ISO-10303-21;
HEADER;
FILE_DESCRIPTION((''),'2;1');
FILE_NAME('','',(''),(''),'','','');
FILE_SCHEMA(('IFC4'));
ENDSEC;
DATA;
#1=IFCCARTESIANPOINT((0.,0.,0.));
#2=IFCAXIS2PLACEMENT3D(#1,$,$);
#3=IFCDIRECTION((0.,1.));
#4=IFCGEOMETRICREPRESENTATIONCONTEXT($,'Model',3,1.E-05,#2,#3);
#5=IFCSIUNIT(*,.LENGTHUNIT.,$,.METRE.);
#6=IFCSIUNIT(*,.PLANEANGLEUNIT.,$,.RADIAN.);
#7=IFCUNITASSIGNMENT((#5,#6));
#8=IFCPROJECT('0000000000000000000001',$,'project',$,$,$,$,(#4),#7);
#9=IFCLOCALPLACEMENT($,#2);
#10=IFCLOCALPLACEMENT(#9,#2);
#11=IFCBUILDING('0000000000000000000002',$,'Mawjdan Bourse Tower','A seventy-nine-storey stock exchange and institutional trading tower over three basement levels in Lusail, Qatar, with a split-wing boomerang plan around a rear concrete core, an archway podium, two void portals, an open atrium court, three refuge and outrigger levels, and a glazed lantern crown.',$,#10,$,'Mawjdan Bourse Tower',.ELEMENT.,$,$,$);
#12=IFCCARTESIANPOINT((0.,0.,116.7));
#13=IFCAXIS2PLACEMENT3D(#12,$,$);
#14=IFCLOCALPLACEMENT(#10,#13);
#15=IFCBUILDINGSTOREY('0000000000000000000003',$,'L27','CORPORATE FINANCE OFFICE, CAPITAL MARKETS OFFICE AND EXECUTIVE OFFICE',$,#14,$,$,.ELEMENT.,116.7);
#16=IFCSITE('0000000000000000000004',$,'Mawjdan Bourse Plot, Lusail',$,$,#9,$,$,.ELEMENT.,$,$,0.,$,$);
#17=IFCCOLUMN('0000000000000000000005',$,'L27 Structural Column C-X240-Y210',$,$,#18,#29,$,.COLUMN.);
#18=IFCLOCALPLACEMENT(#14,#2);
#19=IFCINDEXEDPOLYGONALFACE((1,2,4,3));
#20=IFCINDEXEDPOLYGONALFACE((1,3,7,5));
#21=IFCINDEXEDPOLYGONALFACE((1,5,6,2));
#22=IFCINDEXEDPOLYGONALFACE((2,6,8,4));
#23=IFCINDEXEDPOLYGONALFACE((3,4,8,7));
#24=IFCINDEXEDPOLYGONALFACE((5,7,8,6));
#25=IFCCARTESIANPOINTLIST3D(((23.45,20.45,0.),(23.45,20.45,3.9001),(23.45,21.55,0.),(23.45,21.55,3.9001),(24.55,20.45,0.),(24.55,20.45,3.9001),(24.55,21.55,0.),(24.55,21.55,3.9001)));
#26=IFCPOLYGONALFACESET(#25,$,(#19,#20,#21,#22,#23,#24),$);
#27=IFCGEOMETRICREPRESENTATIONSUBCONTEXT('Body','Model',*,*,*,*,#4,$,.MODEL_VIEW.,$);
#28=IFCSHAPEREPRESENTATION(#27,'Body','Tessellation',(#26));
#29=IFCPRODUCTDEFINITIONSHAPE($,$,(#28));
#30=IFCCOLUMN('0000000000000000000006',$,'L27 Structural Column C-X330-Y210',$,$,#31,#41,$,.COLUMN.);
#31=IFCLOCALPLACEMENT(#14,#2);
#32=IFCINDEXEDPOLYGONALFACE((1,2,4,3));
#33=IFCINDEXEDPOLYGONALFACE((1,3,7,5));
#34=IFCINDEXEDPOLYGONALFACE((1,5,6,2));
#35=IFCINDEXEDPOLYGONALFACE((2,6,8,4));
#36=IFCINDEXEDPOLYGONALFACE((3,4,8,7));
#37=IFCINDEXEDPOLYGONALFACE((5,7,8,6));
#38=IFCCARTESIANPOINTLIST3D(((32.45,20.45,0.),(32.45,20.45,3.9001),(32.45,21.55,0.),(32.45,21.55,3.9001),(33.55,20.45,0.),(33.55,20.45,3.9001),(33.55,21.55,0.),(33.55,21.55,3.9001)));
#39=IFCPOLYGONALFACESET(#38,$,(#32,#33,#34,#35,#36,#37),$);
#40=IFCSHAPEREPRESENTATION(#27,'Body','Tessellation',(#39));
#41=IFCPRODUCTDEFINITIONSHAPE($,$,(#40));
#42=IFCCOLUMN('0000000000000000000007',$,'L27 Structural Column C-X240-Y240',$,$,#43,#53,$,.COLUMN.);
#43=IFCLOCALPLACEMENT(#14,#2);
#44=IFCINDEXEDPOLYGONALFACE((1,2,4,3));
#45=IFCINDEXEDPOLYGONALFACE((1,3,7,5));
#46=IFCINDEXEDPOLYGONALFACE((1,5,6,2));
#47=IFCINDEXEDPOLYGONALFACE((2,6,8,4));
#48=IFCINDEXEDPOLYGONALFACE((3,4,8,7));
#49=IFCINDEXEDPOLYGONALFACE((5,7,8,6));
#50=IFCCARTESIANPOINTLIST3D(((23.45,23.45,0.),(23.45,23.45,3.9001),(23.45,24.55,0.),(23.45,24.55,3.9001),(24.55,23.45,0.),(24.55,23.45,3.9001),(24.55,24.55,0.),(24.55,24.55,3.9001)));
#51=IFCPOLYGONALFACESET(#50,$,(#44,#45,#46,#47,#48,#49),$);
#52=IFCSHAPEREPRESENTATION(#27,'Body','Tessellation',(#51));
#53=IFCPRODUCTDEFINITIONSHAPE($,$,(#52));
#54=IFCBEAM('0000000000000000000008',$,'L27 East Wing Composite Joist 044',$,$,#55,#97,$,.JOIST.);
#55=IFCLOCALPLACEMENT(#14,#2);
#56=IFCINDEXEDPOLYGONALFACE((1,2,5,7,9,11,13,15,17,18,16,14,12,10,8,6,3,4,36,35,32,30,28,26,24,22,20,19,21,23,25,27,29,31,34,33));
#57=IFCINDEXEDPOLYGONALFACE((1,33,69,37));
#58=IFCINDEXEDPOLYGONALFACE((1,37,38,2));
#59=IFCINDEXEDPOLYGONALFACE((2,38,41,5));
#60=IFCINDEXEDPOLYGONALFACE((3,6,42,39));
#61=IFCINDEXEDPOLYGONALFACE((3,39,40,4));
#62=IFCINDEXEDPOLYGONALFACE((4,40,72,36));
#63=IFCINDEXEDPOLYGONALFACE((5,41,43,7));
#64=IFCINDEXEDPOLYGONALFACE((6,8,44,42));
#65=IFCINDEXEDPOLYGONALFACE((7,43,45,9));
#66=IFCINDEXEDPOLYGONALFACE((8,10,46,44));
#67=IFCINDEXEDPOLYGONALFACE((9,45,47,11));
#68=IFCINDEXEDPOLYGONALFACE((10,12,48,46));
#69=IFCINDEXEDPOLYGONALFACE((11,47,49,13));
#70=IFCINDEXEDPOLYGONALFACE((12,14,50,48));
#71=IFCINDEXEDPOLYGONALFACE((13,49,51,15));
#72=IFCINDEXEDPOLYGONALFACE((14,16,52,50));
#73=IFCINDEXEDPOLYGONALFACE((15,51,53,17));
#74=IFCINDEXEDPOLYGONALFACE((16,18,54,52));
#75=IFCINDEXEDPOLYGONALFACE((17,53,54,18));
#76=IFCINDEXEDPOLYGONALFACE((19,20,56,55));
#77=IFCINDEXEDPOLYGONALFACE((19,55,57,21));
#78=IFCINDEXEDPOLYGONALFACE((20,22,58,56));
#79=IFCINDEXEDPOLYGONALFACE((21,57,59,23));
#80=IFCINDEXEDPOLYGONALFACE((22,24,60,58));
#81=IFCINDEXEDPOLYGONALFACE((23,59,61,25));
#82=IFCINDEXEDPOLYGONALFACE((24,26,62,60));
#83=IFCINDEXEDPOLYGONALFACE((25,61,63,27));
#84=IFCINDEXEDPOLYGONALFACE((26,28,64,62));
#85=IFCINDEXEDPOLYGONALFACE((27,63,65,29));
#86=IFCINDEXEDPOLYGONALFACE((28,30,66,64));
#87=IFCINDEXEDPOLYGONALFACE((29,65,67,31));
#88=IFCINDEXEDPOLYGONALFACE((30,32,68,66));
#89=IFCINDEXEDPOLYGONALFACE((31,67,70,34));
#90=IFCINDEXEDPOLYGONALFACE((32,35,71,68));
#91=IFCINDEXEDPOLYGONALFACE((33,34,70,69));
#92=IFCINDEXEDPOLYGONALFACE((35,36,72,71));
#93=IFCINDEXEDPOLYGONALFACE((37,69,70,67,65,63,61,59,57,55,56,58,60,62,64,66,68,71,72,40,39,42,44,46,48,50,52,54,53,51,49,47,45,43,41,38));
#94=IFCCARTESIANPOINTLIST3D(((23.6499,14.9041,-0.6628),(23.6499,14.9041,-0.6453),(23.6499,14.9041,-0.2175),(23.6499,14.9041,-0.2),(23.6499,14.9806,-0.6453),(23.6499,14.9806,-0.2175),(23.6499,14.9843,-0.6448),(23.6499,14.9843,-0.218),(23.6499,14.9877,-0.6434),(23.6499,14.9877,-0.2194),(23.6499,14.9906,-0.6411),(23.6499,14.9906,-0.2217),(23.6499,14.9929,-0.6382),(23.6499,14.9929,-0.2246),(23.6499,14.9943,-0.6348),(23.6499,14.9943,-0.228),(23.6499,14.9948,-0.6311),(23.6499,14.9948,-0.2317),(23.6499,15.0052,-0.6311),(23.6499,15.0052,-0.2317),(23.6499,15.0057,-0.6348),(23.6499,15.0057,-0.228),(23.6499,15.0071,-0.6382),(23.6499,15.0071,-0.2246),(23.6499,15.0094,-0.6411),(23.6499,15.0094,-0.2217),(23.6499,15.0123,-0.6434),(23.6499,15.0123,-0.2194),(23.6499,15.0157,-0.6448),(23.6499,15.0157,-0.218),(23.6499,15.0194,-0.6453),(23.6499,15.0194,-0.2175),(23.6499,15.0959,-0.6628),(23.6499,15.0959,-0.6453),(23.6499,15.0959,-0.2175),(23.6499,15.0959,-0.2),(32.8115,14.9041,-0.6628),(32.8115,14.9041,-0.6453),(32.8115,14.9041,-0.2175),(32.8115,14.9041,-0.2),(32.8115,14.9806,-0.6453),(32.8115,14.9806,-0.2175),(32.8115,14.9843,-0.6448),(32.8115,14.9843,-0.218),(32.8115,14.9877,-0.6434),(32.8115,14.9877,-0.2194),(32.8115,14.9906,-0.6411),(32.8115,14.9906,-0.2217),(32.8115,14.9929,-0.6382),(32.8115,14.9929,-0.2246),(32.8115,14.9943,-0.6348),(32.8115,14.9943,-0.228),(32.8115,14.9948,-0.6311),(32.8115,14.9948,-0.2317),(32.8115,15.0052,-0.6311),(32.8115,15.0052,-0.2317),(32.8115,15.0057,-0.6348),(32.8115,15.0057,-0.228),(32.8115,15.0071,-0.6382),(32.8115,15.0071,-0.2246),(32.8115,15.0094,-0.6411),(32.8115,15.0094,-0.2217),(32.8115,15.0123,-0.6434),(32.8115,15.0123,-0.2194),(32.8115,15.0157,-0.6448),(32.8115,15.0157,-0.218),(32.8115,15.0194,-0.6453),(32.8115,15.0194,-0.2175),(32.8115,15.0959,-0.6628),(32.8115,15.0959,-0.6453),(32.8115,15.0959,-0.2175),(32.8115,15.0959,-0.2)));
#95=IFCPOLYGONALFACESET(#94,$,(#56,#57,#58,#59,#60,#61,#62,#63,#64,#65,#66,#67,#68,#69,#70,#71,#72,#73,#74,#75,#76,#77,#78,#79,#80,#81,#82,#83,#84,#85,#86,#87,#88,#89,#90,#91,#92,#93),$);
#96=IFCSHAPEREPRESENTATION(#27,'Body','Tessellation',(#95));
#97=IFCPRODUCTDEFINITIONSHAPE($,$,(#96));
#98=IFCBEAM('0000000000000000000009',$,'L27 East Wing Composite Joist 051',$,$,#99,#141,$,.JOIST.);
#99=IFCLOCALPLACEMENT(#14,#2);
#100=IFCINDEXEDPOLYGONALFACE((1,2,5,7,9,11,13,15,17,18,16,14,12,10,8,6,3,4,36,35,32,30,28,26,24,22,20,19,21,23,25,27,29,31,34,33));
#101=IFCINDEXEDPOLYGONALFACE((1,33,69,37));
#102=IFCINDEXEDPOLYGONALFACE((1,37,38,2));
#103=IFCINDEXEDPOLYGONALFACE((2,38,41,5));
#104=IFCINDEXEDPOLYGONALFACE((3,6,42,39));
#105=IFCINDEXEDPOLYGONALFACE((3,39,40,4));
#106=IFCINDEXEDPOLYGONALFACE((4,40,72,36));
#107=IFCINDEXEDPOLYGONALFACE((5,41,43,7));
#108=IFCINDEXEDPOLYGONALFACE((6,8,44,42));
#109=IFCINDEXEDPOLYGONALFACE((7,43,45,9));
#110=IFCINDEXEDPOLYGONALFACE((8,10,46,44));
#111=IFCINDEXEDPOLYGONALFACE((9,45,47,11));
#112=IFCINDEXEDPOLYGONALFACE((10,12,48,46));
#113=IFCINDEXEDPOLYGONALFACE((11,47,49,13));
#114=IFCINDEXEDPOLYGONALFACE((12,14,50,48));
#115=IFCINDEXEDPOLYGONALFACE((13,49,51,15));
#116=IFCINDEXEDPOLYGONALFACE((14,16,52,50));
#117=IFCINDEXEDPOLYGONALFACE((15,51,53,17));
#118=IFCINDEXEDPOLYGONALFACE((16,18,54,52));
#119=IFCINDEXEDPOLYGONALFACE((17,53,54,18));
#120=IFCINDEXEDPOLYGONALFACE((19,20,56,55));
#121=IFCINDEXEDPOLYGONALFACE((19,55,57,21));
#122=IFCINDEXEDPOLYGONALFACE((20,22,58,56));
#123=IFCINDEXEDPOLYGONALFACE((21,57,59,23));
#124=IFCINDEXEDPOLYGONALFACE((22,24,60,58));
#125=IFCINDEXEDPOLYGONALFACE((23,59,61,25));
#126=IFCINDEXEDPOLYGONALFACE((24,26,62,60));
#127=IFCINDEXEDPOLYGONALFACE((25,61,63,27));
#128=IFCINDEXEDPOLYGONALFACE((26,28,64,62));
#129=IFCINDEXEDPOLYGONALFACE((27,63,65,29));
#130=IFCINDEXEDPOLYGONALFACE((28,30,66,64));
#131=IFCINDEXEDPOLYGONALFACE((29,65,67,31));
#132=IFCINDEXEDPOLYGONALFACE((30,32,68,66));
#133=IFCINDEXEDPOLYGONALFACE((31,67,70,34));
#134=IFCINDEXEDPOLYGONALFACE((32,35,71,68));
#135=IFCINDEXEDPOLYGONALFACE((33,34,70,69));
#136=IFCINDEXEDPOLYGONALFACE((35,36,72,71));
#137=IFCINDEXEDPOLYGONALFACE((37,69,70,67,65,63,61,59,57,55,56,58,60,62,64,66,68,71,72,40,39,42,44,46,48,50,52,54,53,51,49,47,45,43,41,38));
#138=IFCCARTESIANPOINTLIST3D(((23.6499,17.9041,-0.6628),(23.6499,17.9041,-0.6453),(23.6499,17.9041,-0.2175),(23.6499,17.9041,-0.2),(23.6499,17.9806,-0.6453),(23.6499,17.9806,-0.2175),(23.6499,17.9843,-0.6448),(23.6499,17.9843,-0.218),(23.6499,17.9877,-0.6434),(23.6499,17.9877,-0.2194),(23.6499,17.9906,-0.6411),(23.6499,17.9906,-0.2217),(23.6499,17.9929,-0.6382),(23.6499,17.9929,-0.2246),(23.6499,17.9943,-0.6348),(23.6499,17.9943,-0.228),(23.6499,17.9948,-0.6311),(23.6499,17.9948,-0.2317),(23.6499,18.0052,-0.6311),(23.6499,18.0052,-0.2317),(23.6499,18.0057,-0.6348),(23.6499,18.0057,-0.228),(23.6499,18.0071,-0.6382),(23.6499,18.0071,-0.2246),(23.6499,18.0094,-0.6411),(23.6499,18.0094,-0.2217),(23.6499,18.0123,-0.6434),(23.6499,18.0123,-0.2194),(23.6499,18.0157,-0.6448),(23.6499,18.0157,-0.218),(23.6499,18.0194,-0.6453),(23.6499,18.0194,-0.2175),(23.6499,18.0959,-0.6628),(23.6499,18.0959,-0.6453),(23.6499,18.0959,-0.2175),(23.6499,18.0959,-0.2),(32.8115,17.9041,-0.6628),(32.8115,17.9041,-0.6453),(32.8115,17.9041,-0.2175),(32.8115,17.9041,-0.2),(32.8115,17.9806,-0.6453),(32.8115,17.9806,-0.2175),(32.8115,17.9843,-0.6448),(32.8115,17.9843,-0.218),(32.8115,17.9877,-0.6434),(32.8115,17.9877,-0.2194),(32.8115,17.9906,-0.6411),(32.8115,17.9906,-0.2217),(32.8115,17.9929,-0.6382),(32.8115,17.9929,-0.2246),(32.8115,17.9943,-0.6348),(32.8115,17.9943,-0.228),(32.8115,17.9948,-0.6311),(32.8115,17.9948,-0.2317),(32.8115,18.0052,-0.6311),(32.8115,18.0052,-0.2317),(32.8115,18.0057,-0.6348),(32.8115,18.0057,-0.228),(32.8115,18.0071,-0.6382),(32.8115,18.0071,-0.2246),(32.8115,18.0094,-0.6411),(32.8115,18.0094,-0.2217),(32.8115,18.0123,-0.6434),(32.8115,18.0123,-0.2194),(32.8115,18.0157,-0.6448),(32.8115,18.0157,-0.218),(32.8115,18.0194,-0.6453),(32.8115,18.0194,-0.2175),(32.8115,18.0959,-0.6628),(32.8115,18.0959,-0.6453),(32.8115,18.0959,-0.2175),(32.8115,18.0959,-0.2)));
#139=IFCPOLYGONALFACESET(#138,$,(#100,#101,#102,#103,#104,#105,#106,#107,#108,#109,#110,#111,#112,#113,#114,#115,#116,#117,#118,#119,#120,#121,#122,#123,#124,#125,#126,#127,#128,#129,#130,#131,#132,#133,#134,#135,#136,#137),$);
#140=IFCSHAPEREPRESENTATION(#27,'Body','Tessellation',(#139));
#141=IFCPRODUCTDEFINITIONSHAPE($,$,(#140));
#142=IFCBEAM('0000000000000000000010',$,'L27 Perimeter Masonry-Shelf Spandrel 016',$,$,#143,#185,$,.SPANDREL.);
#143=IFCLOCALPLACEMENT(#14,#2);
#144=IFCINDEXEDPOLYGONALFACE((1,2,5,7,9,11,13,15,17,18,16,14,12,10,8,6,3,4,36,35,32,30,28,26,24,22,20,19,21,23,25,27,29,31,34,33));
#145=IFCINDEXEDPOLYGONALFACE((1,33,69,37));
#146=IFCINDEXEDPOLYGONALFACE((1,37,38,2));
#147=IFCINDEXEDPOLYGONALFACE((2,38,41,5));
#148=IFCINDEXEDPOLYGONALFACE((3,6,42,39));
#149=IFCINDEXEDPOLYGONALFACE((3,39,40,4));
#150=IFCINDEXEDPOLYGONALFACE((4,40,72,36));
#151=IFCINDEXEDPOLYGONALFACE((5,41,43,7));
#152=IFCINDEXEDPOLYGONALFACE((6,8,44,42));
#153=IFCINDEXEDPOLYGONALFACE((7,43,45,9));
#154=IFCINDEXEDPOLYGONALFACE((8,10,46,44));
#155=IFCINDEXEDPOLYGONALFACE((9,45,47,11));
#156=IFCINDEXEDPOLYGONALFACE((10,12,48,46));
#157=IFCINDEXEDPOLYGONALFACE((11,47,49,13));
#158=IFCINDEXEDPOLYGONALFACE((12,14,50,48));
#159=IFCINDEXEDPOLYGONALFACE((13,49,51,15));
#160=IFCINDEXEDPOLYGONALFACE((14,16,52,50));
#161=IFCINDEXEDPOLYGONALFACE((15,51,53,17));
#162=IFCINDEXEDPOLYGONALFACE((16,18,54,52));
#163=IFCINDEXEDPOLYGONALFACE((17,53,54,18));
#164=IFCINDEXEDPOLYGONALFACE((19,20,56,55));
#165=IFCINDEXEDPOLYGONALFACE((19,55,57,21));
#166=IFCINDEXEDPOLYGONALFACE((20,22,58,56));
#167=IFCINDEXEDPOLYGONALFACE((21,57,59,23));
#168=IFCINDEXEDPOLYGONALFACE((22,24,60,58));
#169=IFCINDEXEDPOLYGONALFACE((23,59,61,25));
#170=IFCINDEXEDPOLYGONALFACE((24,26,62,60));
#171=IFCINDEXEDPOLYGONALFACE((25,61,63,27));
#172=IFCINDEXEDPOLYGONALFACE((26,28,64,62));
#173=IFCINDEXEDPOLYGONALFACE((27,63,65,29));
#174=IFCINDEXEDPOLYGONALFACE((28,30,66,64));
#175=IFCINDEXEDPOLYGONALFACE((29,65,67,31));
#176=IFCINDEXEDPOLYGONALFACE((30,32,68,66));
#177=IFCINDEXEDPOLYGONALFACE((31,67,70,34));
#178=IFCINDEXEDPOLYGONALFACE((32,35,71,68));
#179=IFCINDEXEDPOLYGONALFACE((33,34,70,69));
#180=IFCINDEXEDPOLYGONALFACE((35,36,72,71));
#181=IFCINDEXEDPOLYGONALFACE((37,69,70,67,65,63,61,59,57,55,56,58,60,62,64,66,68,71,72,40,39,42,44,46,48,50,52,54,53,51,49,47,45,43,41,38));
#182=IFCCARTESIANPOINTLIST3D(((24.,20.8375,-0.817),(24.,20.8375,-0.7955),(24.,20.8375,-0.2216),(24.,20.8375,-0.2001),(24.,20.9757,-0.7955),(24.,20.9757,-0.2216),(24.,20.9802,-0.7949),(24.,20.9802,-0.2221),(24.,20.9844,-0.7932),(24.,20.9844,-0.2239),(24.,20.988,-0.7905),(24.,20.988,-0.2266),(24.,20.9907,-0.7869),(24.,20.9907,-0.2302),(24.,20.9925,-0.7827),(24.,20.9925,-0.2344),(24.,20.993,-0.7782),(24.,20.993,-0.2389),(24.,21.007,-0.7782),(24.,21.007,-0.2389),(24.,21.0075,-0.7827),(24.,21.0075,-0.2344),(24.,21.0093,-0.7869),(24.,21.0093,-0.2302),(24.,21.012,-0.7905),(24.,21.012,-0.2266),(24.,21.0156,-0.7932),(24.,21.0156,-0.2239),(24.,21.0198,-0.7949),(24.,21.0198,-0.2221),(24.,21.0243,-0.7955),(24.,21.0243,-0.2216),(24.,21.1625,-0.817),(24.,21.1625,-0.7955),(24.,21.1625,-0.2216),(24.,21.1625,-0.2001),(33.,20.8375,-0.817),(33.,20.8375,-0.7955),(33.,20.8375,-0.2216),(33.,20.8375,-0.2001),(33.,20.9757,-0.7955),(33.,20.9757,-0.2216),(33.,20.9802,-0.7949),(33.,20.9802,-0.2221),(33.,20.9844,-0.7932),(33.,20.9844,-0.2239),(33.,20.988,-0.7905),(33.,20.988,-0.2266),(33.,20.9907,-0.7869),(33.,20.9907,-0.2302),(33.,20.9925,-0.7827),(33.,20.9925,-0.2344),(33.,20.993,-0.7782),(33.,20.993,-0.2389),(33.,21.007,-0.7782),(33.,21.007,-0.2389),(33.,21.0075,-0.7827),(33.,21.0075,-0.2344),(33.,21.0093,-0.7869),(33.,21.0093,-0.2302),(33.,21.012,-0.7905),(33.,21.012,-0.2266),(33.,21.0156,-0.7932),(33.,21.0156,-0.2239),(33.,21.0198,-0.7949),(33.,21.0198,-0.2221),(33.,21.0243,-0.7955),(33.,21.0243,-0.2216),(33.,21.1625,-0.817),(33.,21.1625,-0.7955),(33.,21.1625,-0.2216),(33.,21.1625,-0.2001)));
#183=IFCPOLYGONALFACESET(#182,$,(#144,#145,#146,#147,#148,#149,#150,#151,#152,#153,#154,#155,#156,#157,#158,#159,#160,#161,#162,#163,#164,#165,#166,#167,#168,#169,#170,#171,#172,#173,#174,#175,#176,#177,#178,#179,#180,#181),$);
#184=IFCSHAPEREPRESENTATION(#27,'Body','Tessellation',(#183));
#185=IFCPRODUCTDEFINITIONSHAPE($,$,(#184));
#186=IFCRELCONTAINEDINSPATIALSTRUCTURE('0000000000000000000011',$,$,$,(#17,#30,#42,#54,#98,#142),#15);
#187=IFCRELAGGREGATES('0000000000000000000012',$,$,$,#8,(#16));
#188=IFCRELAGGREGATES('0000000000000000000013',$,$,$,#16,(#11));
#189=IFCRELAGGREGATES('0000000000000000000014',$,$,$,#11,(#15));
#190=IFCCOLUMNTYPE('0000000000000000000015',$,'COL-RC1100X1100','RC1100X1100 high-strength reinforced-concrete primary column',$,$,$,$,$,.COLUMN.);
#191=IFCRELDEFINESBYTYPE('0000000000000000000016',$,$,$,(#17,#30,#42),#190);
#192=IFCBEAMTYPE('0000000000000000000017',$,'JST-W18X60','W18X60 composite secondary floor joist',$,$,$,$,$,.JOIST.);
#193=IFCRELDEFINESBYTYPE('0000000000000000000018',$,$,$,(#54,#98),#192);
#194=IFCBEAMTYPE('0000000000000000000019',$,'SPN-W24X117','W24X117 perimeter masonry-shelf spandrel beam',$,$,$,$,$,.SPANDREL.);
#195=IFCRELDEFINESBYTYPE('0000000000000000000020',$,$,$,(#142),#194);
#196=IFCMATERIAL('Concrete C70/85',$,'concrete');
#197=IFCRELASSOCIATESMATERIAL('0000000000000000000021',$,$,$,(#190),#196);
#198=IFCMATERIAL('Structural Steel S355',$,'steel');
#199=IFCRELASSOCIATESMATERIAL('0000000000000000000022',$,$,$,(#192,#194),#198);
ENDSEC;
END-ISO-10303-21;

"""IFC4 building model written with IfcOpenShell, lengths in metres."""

from ifc_helpers import new_model, si_unit, direction, frame, origin, origin_2d, place, context, subcontext, project, spatial, rectangle, i_section, extrude, material, material_profile, profile_set, type_object, element, save


model = new_model("IFC4")

# Units and contexts
model_context = context("Model", 3, precision=1e-05, world=origin(), true_north=direction((0.0, 1.0)))
body_context = subcontext(model_context, "Body", "Model", "MODEL_VIEW")
ifc_project = project(units=[si_unit("LENGTHUNIT", "METRE"), si_unit("PLANEANGLEUNIT", "RADIAN")], contexts=[model_context])

# Site, building, storey
site_placement = place(None, origin())
site = spatial("IfcSite", under=ifc_project, at=site_placement, Name="Mawjdan Bourse Plot, Lusail", CompositionType="ELEMENT", RefElevation=0.0)
building_placement = place(site_placement, origin())
building = spatial("IfcBuilding", under=site, at=building_placement, Name="Mawjdan Bourse Tower", Description="A seventy-nine-storey stock exchange and institutional trading tower over three basement levels in Lusail, Qatar, with a split-wing boomerang plan around a rear concrete core, an archway podium, two void portals, an open atrium court, three refuge and outrigger levels, and a glazed lantern crown.", LongName="Mawjdan Bourse Tower", CompositionType="ELEMENT")
storey_placement = place(building_placement, frame((0.0, 0.0, 116.7)))
storey = spatial("IfcBuildingStorey", under=building, at=storey_placement, Name="L27", Description="CORPORATE FINANCE OFFICE, CAPITAL MARKETS OFFICE AND EXECUTIVE OFFICE", CompositionType="ELEMENT", Elevation=116.7)

# Columns
ifc_material_1 = material(Name="Concrete C70/85", Category="concrete")
ifc_material_profile_1 = material_profile(ifc_material_1, rectangle(XDim=1.1001, YDim=1.1001, at=origin_2d()), Name="RC1100X1100")
ifc_profile_set_1 = profile_set([ifc_material_profile_1], Name="Concrete C70/85")
column_type = type_object("IfcColumnType", Name="COL-RC1100X1100", Description="RC1100X1100 high-strength reinforced-concrete primary column", PredefinedType="COLUMN", material=ifc_profile_set_1)
for number, where, z_axis, x_axis, name in (
    (1, (24.0, 21.0, 0.0), (0.0, 0.0, 1.0), (1.0, 0.0, 0.0), "L27 Structural Column C-X240-Y210"),
    (2, (33.0, 21.0, 0.0), (0.0, 0.0, 1.0), (1.0, 0.0, 0.0), "L27 Structural Column C-X330-Y210"),
    (3, (24.0, 24.0, 0.0), (0.0, 0.0, 1.0), (1.0, 0.0, 0.0), "L27 Structural Column C-X240-Y240"),
):
    element("IfcColumn", number, at=place(storey_placement, frame(where, z_axis=z_axis, x_axis=x_axis)), inside=storey, type_object=column_type, Name=name, PredefinedType="COLUMN", context=body_context, shape_type="SweptSolid", body=[
        extrude(rectangle(XDim=1.1001, YDim=1.1001, at=origin_2d()), origin(), (0.0, 0.0, 1.0), 3.9001),
    ])

# Beams
ifc_material_2 = material(Name="Structural Steel S355", Category="steel")
ifc_material_profile_2 = material_profile(ifc_material_2, i_section(OverallWidth=0.1919, OverallDepth=0.4629, WebThickness=0.0105, FlangeThickness=0.0176, FilletRadius=0.0142, at=origin_2d()), Name="W18X60")
ifc_profile_set_2 = profile_set([ifc_material_profile_2], Name="Structural Steel S355")
beam_type_1 = type_object("IfcBeamType", Name="JST-W18X60", Description="W18X60 composite secondary floor joist", PredefinedType="JOIST", material=ifc_profile_set_2)
for number, where, z_axis, x_axis, name in (
    (4, (23.6499, 15.0, -0.4314), (1.0, 0.0, 0.0), (0.0, 1.0, 0.0), "L27 East Wing Composite Joist 044"),
    (5, (23.6499, 18.0, -0.4314), (1.0, 0.0, 0.0), (0.0, 1.0, 0.0), "L27 East Wing Composite Joist 051"),
):
    element("IfcBeam", number, at=place(storey_placement, frame(where, z_axis=z_axis, x_axis=x_axis)), inside=storey, type_object=beam_type_1, Name=name, PredefinedType="JOIST", context=body_context, shape_type="SweptSolid", body=[
        extrude(i_section(OverallWidth=0.1919, OverallDepth=0.4629, WebThickness=0.0105, FlangeThickness=0.0176, FilletRadius=0.0142, at=origin_2d()), origin(), (0.0, 0.0, 1.0), 9.1616),
    ])
ifc_material_profile_3 = material_profile(ifc_material_2, i_section(OverallWidth=0.325, OverallDepth=0.6169, WebThickness=0.0139, FlangeThickness=0.0215, FilletRadius=0.0173, at=origin_2d()), Name="W24X117")
ifc_profile_set_3 = profile_set([ifc_material_profile_3], Name="Structural Steel S355")
beam_type_2 = type_object("IfcBeamType", Name="SPN-W24X117", Description="W24X117 perimeter masonry-shelf spandrel beam", PredefinedType="SPANDREL", material=ifc_profile_set_3)
beam_1_placement = place(storey_placement, frame((24.0, 21.0, -0.5085), z_axis=(1.0, 0.0, 0.0), x_axis=(0.0, 1.0, 0.0)))
element("IfcBeam", 6, at=beam_1_placement, inside=storey, type_object=beam_type_2, Name="L27 Perimeter Masonry-Shelf Spandrel 016", PredefinedType="SPANDREL", context=body_context, shape_type="SweptSolid", body=[
    extrude(i_section(OverallWidth=0.325, OverallDepth=0.6169, WebThickness=0.0139, FlangeThickness=0.0215, FilletRadius=0.0173, at=origin_2d()), origin(), (0.0, 0.0, 1.0), 9.0),
])

save(model, "model.ifc")
